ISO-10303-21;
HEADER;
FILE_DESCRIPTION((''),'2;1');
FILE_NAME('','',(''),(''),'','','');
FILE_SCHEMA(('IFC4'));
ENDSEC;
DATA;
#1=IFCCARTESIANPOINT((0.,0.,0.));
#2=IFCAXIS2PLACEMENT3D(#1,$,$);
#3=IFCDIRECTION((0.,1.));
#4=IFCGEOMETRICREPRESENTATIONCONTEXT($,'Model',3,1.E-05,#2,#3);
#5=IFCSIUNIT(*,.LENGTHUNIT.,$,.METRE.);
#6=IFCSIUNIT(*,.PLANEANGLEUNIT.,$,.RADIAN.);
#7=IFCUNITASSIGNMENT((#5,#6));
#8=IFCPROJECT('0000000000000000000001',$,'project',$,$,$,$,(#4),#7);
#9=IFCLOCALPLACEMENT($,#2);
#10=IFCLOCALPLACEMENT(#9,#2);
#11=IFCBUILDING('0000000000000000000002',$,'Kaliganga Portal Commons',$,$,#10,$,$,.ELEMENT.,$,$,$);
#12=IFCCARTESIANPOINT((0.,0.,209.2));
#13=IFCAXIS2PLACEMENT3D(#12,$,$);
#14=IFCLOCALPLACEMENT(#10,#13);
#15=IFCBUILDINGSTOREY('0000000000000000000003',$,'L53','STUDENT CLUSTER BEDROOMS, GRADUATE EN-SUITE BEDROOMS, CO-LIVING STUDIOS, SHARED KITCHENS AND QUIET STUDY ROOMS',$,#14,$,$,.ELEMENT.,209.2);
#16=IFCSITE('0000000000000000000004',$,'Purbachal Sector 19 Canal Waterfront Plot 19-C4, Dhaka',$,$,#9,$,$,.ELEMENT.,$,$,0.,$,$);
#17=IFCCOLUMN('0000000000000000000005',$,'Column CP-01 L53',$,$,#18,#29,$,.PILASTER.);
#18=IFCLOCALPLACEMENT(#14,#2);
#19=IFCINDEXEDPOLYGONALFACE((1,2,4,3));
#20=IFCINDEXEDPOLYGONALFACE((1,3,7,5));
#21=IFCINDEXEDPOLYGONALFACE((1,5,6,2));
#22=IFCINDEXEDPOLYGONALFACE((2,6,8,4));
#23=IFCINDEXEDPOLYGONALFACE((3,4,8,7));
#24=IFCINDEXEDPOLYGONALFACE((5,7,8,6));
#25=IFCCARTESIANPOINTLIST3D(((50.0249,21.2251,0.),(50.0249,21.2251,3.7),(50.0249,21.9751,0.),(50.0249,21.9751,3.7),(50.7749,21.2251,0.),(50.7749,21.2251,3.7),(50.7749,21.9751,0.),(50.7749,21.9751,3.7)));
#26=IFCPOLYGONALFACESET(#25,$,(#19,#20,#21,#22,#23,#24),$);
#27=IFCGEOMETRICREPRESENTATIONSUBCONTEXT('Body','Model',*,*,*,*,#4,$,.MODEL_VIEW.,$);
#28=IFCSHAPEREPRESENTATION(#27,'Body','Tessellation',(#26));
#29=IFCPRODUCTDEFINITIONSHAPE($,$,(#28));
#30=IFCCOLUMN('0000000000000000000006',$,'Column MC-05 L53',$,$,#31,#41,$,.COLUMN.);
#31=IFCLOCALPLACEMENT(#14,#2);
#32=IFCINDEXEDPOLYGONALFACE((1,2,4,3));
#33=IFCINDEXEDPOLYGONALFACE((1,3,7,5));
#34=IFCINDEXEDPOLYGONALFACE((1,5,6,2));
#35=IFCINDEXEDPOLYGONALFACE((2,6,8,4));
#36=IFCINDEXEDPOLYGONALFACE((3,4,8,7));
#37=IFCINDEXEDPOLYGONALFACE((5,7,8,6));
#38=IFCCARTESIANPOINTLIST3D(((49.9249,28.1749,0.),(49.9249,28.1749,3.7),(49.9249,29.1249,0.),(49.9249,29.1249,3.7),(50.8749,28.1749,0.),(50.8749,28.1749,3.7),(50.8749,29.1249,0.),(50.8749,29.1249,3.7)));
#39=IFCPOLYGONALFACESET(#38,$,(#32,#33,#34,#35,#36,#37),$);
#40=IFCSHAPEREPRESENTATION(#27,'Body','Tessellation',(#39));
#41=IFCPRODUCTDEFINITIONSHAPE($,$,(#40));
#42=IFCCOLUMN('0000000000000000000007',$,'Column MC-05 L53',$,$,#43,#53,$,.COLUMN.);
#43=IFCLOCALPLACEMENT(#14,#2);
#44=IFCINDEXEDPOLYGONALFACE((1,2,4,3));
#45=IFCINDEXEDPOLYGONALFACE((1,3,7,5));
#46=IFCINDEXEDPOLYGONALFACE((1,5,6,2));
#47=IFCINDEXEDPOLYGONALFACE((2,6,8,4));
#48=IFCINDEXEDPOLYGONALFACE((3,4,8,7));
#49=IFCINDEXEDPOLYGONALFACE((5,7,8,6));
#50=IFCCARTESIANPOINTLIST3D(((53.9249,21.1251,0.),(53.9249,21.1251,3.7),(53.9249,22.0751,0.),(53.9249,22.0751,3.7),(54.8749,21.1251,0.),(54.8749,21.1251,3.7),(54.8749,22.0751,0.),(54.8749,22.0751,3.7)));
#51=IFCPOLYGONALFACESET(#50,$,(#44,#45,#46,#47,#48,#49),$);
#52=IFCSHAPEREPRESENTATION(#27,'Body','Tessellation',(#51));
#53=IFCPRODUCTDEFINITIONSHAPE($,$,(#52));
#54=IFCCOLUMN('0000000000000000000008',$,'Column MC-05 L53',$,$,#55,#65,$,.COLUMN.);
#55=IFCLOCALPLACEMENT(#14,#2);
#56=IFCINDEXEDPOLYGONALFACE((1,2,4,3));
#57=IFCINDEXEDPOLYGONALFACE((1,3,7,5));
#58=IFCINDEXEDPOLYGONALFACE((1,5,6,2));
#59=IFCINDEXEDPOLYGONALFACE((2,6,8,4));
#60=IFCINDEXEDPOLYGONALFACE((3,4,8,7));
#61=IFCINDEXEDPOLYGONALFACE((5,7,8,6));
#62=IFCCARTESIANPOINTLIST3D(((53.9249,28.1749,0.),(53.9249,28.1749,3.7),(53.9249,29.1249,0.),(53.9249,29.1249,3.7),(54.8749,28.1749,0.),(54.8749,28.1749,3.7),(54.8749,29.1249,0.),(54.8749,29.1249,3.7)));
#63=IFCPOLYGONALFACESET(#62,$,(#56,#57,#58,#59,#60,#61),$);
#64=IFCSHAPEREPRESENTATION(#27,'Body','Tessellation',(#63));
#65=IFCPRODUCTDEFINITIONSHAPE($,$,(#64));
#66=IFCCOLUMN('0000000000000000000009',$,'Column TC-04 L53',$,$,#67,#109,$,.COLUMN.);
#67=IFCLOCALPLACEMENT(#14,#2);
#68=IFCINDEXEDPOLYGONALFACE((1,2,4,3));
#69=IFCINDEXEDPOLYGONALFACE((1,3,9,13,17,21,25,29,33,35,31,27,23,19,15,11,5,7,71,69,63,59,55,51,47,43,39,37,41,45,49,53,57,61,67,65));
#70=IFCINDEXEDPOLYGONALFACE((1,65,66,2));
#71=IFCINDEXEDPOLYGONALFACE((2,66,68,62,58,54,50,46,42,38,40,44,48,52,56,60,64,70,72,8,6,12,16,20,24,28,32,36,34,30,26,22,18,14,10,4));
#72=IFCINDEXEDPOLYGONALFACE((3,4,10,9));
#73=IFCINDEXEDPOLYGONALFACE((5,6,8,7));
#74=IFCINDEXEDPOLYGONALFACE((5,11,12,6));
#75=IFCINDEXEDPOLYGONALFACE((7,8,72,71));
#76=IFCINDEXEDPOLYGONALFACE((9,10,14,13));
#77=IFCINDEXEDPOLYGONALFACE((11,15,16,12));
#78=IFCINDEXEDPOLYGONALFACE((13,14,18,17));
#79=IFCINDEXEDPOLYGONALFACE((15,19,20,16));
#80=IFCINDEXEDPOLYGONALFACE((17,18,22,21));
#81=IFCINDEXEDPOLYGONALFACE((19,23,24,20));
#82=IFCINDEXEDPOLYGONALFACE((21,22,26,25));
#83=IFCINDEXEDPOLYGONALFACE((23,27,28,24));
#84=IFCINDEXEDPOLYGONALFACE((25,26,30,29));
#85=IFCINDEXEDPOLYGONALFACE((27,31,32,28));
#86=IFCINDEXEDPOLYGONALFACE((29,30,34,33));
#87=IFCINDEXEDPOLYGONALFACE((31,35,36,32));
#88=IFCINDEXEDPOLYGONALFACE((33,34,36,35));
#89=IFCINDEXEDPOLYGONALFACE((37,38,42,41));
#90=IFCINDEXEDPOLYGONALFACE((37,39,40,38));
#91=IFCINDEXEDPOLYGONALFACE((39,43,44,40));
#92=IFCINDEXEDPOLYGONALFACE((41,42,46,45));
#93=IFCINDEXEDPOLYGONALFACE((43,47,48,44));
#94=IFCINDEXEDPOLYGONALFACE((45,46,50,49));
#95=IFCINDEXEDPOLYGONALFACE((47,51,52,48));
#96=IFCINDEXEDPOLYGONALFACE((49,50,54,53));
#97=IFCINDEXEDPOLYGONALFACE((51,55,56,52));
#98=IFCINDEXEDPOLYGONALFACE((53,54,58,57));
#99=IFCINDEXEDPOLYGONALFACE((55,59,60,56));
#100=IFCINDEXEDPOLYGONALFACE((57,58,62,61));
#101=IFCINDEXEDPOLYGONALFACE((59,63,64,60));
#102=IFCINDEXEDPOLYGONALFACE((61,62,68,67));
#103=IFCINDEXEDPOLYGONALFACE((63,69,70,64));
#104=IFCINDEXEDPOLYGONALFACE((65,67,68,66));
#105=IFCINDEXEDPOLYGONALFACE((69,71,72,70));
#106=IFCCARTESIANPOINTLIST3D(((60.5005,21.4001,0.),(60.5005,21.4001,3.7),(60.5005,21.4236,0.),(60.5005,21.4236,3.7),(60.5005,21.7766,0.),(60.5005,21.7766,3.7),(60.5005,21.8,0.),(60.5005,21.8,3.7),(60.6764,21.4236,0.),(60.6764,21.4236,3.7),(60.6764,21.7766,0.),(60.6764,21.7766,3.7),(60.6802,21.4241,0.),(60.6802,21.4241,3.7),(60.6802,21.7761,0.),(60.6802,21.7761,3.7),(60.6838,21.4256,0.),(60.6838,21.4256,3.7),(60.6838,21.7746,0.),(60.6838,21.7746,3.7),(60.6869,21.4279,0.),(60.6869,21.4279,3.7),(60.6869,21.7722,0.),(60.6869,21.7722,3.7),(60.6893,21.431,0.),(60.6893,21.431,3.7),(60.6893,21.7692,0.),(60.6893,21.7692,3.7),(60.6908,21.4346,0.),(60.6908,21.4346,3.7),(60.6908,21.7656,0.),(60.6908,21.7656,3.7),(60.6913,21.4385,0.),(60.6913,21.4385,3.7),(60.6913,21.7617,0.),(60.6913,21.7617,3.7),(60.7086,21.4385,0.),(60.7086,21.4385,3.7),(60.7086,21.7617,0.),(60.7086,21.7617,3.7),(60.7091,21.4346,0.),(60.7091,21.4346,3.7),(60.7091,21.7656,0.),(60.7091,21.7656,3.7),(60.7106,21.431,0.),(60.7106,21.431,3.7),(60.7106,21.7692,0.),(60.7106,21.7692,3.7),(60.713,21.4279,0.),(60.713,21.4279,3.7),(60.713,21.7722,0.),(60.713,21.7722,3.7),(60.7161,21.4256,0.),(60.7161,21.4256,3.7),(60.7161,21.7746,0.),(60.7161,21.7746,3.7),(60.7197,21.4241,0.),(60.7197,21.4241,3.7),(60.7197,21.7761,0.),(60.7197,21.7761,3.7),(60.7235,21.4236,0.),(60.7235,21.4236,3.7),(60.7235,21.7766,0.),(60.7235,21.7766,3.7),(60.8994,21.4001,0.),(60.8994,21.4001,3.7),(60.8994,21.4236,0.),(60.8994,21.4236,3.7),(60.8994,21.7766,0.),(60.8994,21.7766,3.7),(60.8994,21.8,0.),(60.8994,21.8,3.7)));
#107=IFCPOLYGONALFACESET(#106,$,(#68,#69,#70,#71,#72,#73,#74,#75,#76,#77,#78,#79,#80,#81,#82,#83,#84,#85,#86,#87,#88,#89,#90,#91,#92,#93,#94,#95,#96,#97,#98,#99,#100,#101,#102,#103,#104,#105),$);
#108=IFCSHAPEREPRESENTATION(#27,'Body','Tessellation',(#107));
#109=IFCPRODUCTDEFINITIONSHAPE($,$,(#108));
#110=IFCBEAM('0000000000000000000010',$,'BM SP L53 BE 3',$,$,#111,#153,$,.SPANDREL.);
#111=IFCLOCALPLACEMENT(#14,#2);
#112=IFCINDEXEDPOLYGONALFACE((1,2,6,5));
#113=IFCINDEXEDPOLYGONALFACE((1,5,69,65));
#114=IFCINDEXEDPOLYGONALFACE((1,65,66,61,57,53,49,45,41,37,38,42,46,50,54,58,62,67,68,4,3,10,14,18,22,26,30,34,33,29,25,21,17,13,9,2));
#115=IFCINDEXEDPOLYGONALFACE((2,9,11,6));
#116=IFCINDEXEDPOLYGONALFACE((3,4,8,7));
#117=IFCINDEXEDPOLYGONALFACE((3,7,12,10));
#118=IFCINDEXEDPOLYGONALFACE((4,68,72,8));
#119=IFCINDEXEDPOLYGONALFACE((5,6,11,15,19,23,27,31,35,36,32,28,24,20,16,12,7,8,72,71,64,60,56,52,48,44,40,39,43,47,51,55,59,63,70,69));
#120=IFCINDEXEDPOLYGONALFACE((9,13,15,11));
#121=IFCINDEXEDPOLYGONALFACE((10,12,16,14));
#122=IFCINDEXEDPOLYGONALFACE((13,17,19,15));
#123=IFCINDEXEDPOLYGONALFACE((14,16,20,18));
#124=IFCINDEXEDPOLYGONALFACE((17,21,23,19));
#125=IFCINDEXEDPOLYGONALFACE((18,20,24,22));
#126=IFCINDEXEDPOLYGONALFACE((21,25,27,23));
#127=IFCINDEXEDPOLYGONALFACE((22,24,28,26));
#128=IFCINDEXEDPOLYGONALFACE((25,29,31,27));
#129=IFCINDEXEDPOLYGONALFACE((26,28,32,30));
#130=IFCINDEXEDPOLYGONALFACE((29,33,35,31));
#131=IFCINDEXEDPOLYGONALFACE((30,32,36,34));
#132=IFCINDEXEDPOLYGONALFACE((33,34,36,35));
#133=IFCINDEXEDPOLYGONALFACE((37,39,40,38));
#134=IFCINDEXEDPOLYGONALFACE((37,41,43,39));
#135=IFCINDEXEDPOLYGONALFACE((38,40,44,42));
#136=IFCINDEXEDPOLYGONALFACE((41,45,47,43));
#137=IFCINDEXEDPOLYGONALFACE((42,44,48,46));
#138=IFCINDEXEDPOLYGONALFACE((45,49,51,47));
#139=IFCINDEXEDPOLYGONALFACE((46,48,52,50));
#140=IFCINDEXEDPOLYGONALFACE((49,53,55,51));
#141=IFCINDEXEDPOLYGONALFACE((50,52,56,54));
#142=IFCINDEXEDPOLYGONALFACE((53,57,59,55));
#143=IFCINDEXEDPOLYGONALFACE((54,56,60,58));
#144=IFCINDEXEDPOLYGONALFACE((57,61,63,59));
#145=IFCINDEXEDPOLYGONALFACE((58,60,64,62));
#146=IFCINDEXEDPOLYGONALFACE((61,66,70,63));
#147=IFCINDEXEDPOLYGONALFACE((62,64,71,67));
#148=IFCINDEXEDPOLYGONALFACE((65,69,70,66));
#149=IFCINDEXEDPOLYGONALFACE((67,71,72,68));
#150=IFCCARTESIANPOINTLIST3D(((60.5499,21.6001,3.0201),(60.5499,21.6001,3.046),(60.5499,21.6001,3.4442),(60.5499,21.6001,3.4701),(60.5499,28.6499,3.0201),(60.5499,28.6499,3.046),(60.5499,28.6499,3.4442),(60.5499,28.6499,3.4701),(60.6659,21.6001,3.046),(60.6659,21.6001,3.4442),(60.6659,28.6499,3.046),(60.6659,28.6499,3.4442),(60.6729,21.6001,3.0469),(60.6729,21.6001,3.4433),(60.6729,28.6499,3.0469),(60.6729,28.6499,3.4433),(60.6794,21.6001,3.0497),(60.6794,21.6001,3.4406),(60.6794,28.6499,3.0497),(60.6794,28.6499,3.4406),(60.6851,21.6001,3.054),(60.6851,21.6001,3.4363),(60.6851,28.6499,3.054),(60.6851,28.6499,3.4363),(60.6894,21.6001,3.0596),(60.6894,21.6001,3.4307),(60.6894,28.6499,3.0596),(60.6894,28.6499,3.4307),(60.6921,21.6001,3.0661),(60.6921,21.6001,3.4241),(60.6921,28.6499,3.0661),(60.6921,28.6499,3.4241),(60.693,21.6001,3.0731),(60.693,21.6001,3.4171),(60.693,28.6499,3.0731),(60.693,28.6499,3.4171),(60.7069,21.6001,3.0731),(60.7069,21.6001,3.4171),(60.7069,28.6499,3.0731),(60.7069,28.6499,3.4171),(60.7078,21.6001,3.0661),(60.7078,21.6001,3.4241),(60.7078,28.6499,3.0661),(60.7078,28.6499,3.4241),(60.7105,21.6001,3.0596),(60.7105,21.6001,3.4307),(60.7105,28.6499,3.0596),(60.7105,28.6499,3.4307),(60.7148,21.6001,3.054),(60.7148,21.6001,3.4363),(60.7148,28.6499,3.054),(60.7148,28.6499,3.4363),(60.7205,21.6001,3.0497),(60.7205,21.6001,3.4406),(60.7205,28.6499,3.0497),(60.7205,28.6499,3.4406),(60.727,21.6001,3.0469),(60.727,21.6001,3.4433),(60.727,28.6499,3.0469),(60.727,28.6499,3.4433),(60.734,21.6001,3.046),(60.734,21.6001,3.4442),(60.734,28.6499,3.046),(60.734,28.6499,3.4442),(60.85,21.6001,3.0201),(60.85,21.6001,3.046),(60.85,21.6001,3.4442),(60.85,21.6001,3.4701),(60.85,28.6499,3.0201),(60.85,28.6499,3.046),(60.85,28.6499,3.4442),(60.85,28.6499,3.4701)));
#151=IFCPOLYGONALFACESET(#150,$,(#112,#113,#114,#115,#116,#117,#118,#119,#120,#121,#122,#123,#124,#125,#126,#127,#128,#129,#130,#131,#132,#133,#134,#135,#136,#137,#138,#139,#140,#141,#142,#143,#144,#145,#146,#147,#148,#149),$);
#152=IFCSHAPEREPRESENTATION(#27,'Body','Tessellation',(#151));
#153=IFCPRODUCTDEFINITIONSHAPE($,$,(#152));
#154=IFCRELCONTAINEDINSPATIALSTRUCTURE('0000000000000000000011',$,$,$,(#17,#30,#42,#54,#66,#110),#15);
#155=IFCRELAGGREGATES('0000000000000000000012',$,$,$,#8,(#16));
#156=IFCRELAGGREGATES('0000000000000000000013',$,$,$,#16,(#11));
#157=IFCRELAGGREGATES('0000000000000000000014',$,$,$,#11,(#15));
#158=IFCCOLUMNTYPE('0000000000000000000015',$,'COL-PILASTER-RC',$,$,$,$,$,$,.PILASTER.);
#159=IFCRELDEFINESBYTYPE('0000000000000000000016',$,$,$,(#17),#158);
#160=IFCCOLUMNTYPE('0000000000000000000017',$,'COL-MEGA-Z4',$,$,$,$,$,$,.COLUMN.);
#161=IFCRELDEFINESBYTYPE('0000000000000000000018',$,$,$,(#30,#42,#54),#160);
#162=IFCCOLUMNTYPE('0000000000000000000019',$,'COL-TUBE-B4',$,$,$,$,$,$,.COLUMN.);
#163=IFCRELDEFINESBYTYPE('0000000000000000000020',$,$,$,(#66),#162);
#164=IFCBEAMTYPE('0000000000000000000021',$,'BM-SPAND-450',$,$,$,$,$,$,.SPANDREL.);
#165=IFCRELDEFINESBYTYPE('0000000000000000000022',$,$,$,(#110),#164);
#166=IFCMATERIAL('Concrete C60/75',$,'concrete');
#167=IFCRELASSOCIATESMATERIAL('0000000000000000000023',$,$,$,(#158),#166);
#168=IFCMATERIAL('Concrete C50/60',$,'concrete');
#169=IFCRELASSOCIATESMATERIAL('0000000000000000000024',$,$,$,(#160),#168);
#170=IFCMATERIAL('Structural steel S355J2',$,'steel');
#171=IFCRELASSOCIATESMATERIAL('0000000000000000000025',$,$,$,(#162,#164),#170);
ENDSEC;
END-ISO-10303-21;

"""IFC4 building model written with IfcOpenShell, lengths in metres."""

from ifc_helpers import new_model, si_unit, direction, frame, origin, origin_2d, place, context, subcontext, project, spatial, rectangle, i_section, extrude, source, transform, mapped, material, material_profile, profile_set, type_object, element, save


model = new_model("IFC4")

# Units and contexts
model_context = context("Model", 3, precision=1e-05, world=origin(), true_north=direction((0.0, 1.0)))
body_context = subcontext(model_context, "Body", "Model", "MODEL_VIEW")
ifc_project = project(units=[si_unit("LENGTHUNIT", "METRE"), si_unit("PLANEANGLEUNIT", "RADIAN")], contexts=[model_context])

# Site, building, storey
site_placement = place(None, origin())
site = spatial("IfcSite", under=ifc_project, at=site_placement, Name="Purbachal Sector 19 Canal Waterfront Plot 19-C4, Dhaka", CompositionType="ELEMENT", RefElevation=0.0)
building_placement = place(site_placement, origin())
building = spatial("IfcBuilding", under=site, at=building_placement, Name="Kaliganga Portal Commons", CompositionType="ELEMENT")
storey_placement = place(building_placement, frame((0.0, 0.0, 209.2)))
storey = spatial("IfcBuildingStorey", under=building, at=storey_placement, Name="L53", Description="STUDENT CLUSTER BEDROOMS, GRADUATE EN-SUITE BEDROOMS, CO-LIVING STUDIOS, SHARED KITCHENS AND QUIET STUDY ROOMS", CompositionType="ELEMENT", Elevation=209.2)

# Columns
ifc_material_1 = material(Name="Concrete C60/75", Category="concrete")
ifc_material_profile_1 = material_profile(ifc_material_1, rectangle(XDim=0.75, YDim=0.75, at=origin_2d()), Name="RC 750x750")
ifc_profile_set_1 = profile_set([ifc_material_profile_1], Name="Concrete C60/75")
column_type_1 = type_object("IfcColumnType", Name="COL-PILASTER-RC", PredefinedType="PILASTER", material=ifc_profile_set_1)
shared_shape_1 = source(origin(), body_context, "Body", "SweptSolid", [
    extrude(rectangle(XDim=0.75, YDim=0.75, at=origin_2d()), origin(), (0.0, 0.0, 1.0), 3.7),
])
column_1_placement = place(storey_placement, frame((50.3999, 21.6001, 0.0), z_axis=(0.0, 0.0, 1.0), x_axis=(1.0, 0.0, 0.0)))
element("IfcColumn", 1, at=column_1_placement, inside=storey, type_object=column_type_1, Name="Column CP-01 L53", PredefinedType="PILASTER", context=body_context, shape_type="MappedRepresentation", body=[
    mapped(shared_shape_1, transform((0.0, 0.0, 0.0), x_axis=(1.0, 0.0, 0.0), y_axis=(0.0, 1.0, 0.0), z_axis=(0.0, 0.0, 1.0), scale=1.0)),
])
ifc_material_2 = material(Name="Concrete C50/60", Category="concrete")
ifc_material_profile_2 = material_profile(ifc_material_2, rectangle(XDim=0.95, YDim=0.95, at=origin_2d()), Name="RC 950x950")
ifc_profile_set_2 = profile_set([ifc_material_profile_2], Name="Concrete C50/60")
column_type_2 = type_object("IfcColumnType", Name="COL-MEGA-Z4", PredefinedType="COLUMN", material=ifc_profile_set_2)
shared_shape_2 = source(origin(), body_context, "Body", "SweptSolid", [
    extrude(rectangle(XDim=0.95, YDim=0.95, at=origin_2d()), origin(), (0.0, 0.0, 1.0), 3.7),
])
for number, where, z_axis, x_axis, name in (
    (2, (50.3999, 28.6499, 0.0), (0.0, 0.0, 1.0), (1.0, 0.0, 0.0), "Column MC-05 L53"),
    (3, (54.3999, 21.6001, 0.0), (0.0, 0.0, 1.0), (1.0, 0.0, 0.0), "Column MC-05 L53"),
    (4, (54.3999, 28.6499, 0.0), (0.0, 0.0, 1.0), (1.0, 0.0, 0.0), "Column MC-05 L53"),
):
    element("IfcColumn", number, at=place(storey_placement, frame(where, z_axis=z_axis, x_axis=x_axis)), inside=storey, type_object=column_type_2, Name=name, PredefinedType="COLUMN", context=body_context, shape_type="MappedRepresentation", body=[
        mapped(shared_shape_2, transform((0.0, 0.0, 0.0), x_axis=(1.0, 0.0, 0.0), y_axis=(0.0, 1.0, 0.0), z_axis=(0.0, 0.0, 1.0), scale=1.0)),
    ])
ifc_material_3 = material(Name="Structural steel S355J2", Category="steel")
ifc_material_profile_3 = material_profile(ifc_material_3, i_section(OverallWidth=0.3989, OverallDepth=0.3999, WebThickness=0.0173, FlangeThickness=0.0234, FilletRadius=0.0149, at=origin_2d()), Name="HD 400x287")
ifc_profile_set_3 = profile_set([ifc_material_profile_3], Name="Structural steel S355J2 wide-flange")
column_type_3 = type_object("IfcColumnType", Name="COL-TUBE-B4", PredefinedType="COLUMN", material=ifc_profile_set_3)
shared_shape_3 = source(origin(), body_context, "Body", "SweptSolid", [
    extrude(i_section(OverallWidth=0.3989, OverallDepth=0.3999, WebThickness=0.0173, FlangeThickness=0.0234, FilletRadius=0.0149, at=origin_2d()), origin(), (0.0, 0.0, 1.0), 3.7),
])
column_2_placement = place(storey_placement, frame((60.7, 21.6001, 0.0), z_axis=(0.0, 0.0, 1.0), x_axis=(1.0, 0.0, 0.0)))
element("IfcColumn", 5, at=column_2_placement, inside=storey, type_object=column_type_3, Name="Column TC-04 L53", PredefinedType="COLUMN", context=body_context, shape_type="MappedRepresentation", body=[
    mapped(shared_shape_3, transform((0.0, 0.0, 0.0), x_axis=(1.0, 0.0, 0.0), y_axis=(0.0, 1.0, 0.0), z_axis=(0.0, 0.0, 1.0), scale=1.0)),
])

# Beam
ifc_material_profile_4 = material_profile(ifc_material_3, i_section(OverallWidth=0.3, OverallDepth=0.45, WebThickness=0.0139, FlangeThickness=0.0259, FilletRadius=0.0271, at=origin_2d()), Name="HE 450 B")
ifc_profile_set_4 = profile_set([ifc_material_profile_4], Name="Structural steel S355J2 wide-flange")
beam_type_1 = type_object("IfcBeamType", Name="BM-SPAND-450", PredefinedType="SPANDREL", material=ifc_profile_set_4)
shared_shape_4 = source(origin(), body_context, "Body", "SweptSolid", [
    extrude(i_section(OverallWidth=0.3, OverallDepth=0.45, WebThickness=0.0139, FlangeThickness=0.0259, FilletRadius=0.0271, at=origin_2d()), origin(), (0.0, 0.0, 1.0), 7.0498),
])
beam_placement = place(storey_placement, frame((60.7, 21.6001, 3.2451), z_axis=(0.0, 1.0, 0.0), x_axis=(-1.0, 0.0, 0.0)))
element("IfcBeam", 6, at=beam_placement, inside=storey, type_object=beam_type_1, Name="BM SP L53 BE 3", PredefinedType="SPANDREL", context=body_context, shape_type="MappedRepresentation", body=[
    mapped(shared_shape_4, transform((0.0, 0.0, 0.0), x_axis=(1.0, 0.0, 0.0), y_axis=(0.0, 1.0, 0.0), z_axis=(0.0, 0.0, 1.0), scale=1.0)),
])

save(model, "model.ifc")
